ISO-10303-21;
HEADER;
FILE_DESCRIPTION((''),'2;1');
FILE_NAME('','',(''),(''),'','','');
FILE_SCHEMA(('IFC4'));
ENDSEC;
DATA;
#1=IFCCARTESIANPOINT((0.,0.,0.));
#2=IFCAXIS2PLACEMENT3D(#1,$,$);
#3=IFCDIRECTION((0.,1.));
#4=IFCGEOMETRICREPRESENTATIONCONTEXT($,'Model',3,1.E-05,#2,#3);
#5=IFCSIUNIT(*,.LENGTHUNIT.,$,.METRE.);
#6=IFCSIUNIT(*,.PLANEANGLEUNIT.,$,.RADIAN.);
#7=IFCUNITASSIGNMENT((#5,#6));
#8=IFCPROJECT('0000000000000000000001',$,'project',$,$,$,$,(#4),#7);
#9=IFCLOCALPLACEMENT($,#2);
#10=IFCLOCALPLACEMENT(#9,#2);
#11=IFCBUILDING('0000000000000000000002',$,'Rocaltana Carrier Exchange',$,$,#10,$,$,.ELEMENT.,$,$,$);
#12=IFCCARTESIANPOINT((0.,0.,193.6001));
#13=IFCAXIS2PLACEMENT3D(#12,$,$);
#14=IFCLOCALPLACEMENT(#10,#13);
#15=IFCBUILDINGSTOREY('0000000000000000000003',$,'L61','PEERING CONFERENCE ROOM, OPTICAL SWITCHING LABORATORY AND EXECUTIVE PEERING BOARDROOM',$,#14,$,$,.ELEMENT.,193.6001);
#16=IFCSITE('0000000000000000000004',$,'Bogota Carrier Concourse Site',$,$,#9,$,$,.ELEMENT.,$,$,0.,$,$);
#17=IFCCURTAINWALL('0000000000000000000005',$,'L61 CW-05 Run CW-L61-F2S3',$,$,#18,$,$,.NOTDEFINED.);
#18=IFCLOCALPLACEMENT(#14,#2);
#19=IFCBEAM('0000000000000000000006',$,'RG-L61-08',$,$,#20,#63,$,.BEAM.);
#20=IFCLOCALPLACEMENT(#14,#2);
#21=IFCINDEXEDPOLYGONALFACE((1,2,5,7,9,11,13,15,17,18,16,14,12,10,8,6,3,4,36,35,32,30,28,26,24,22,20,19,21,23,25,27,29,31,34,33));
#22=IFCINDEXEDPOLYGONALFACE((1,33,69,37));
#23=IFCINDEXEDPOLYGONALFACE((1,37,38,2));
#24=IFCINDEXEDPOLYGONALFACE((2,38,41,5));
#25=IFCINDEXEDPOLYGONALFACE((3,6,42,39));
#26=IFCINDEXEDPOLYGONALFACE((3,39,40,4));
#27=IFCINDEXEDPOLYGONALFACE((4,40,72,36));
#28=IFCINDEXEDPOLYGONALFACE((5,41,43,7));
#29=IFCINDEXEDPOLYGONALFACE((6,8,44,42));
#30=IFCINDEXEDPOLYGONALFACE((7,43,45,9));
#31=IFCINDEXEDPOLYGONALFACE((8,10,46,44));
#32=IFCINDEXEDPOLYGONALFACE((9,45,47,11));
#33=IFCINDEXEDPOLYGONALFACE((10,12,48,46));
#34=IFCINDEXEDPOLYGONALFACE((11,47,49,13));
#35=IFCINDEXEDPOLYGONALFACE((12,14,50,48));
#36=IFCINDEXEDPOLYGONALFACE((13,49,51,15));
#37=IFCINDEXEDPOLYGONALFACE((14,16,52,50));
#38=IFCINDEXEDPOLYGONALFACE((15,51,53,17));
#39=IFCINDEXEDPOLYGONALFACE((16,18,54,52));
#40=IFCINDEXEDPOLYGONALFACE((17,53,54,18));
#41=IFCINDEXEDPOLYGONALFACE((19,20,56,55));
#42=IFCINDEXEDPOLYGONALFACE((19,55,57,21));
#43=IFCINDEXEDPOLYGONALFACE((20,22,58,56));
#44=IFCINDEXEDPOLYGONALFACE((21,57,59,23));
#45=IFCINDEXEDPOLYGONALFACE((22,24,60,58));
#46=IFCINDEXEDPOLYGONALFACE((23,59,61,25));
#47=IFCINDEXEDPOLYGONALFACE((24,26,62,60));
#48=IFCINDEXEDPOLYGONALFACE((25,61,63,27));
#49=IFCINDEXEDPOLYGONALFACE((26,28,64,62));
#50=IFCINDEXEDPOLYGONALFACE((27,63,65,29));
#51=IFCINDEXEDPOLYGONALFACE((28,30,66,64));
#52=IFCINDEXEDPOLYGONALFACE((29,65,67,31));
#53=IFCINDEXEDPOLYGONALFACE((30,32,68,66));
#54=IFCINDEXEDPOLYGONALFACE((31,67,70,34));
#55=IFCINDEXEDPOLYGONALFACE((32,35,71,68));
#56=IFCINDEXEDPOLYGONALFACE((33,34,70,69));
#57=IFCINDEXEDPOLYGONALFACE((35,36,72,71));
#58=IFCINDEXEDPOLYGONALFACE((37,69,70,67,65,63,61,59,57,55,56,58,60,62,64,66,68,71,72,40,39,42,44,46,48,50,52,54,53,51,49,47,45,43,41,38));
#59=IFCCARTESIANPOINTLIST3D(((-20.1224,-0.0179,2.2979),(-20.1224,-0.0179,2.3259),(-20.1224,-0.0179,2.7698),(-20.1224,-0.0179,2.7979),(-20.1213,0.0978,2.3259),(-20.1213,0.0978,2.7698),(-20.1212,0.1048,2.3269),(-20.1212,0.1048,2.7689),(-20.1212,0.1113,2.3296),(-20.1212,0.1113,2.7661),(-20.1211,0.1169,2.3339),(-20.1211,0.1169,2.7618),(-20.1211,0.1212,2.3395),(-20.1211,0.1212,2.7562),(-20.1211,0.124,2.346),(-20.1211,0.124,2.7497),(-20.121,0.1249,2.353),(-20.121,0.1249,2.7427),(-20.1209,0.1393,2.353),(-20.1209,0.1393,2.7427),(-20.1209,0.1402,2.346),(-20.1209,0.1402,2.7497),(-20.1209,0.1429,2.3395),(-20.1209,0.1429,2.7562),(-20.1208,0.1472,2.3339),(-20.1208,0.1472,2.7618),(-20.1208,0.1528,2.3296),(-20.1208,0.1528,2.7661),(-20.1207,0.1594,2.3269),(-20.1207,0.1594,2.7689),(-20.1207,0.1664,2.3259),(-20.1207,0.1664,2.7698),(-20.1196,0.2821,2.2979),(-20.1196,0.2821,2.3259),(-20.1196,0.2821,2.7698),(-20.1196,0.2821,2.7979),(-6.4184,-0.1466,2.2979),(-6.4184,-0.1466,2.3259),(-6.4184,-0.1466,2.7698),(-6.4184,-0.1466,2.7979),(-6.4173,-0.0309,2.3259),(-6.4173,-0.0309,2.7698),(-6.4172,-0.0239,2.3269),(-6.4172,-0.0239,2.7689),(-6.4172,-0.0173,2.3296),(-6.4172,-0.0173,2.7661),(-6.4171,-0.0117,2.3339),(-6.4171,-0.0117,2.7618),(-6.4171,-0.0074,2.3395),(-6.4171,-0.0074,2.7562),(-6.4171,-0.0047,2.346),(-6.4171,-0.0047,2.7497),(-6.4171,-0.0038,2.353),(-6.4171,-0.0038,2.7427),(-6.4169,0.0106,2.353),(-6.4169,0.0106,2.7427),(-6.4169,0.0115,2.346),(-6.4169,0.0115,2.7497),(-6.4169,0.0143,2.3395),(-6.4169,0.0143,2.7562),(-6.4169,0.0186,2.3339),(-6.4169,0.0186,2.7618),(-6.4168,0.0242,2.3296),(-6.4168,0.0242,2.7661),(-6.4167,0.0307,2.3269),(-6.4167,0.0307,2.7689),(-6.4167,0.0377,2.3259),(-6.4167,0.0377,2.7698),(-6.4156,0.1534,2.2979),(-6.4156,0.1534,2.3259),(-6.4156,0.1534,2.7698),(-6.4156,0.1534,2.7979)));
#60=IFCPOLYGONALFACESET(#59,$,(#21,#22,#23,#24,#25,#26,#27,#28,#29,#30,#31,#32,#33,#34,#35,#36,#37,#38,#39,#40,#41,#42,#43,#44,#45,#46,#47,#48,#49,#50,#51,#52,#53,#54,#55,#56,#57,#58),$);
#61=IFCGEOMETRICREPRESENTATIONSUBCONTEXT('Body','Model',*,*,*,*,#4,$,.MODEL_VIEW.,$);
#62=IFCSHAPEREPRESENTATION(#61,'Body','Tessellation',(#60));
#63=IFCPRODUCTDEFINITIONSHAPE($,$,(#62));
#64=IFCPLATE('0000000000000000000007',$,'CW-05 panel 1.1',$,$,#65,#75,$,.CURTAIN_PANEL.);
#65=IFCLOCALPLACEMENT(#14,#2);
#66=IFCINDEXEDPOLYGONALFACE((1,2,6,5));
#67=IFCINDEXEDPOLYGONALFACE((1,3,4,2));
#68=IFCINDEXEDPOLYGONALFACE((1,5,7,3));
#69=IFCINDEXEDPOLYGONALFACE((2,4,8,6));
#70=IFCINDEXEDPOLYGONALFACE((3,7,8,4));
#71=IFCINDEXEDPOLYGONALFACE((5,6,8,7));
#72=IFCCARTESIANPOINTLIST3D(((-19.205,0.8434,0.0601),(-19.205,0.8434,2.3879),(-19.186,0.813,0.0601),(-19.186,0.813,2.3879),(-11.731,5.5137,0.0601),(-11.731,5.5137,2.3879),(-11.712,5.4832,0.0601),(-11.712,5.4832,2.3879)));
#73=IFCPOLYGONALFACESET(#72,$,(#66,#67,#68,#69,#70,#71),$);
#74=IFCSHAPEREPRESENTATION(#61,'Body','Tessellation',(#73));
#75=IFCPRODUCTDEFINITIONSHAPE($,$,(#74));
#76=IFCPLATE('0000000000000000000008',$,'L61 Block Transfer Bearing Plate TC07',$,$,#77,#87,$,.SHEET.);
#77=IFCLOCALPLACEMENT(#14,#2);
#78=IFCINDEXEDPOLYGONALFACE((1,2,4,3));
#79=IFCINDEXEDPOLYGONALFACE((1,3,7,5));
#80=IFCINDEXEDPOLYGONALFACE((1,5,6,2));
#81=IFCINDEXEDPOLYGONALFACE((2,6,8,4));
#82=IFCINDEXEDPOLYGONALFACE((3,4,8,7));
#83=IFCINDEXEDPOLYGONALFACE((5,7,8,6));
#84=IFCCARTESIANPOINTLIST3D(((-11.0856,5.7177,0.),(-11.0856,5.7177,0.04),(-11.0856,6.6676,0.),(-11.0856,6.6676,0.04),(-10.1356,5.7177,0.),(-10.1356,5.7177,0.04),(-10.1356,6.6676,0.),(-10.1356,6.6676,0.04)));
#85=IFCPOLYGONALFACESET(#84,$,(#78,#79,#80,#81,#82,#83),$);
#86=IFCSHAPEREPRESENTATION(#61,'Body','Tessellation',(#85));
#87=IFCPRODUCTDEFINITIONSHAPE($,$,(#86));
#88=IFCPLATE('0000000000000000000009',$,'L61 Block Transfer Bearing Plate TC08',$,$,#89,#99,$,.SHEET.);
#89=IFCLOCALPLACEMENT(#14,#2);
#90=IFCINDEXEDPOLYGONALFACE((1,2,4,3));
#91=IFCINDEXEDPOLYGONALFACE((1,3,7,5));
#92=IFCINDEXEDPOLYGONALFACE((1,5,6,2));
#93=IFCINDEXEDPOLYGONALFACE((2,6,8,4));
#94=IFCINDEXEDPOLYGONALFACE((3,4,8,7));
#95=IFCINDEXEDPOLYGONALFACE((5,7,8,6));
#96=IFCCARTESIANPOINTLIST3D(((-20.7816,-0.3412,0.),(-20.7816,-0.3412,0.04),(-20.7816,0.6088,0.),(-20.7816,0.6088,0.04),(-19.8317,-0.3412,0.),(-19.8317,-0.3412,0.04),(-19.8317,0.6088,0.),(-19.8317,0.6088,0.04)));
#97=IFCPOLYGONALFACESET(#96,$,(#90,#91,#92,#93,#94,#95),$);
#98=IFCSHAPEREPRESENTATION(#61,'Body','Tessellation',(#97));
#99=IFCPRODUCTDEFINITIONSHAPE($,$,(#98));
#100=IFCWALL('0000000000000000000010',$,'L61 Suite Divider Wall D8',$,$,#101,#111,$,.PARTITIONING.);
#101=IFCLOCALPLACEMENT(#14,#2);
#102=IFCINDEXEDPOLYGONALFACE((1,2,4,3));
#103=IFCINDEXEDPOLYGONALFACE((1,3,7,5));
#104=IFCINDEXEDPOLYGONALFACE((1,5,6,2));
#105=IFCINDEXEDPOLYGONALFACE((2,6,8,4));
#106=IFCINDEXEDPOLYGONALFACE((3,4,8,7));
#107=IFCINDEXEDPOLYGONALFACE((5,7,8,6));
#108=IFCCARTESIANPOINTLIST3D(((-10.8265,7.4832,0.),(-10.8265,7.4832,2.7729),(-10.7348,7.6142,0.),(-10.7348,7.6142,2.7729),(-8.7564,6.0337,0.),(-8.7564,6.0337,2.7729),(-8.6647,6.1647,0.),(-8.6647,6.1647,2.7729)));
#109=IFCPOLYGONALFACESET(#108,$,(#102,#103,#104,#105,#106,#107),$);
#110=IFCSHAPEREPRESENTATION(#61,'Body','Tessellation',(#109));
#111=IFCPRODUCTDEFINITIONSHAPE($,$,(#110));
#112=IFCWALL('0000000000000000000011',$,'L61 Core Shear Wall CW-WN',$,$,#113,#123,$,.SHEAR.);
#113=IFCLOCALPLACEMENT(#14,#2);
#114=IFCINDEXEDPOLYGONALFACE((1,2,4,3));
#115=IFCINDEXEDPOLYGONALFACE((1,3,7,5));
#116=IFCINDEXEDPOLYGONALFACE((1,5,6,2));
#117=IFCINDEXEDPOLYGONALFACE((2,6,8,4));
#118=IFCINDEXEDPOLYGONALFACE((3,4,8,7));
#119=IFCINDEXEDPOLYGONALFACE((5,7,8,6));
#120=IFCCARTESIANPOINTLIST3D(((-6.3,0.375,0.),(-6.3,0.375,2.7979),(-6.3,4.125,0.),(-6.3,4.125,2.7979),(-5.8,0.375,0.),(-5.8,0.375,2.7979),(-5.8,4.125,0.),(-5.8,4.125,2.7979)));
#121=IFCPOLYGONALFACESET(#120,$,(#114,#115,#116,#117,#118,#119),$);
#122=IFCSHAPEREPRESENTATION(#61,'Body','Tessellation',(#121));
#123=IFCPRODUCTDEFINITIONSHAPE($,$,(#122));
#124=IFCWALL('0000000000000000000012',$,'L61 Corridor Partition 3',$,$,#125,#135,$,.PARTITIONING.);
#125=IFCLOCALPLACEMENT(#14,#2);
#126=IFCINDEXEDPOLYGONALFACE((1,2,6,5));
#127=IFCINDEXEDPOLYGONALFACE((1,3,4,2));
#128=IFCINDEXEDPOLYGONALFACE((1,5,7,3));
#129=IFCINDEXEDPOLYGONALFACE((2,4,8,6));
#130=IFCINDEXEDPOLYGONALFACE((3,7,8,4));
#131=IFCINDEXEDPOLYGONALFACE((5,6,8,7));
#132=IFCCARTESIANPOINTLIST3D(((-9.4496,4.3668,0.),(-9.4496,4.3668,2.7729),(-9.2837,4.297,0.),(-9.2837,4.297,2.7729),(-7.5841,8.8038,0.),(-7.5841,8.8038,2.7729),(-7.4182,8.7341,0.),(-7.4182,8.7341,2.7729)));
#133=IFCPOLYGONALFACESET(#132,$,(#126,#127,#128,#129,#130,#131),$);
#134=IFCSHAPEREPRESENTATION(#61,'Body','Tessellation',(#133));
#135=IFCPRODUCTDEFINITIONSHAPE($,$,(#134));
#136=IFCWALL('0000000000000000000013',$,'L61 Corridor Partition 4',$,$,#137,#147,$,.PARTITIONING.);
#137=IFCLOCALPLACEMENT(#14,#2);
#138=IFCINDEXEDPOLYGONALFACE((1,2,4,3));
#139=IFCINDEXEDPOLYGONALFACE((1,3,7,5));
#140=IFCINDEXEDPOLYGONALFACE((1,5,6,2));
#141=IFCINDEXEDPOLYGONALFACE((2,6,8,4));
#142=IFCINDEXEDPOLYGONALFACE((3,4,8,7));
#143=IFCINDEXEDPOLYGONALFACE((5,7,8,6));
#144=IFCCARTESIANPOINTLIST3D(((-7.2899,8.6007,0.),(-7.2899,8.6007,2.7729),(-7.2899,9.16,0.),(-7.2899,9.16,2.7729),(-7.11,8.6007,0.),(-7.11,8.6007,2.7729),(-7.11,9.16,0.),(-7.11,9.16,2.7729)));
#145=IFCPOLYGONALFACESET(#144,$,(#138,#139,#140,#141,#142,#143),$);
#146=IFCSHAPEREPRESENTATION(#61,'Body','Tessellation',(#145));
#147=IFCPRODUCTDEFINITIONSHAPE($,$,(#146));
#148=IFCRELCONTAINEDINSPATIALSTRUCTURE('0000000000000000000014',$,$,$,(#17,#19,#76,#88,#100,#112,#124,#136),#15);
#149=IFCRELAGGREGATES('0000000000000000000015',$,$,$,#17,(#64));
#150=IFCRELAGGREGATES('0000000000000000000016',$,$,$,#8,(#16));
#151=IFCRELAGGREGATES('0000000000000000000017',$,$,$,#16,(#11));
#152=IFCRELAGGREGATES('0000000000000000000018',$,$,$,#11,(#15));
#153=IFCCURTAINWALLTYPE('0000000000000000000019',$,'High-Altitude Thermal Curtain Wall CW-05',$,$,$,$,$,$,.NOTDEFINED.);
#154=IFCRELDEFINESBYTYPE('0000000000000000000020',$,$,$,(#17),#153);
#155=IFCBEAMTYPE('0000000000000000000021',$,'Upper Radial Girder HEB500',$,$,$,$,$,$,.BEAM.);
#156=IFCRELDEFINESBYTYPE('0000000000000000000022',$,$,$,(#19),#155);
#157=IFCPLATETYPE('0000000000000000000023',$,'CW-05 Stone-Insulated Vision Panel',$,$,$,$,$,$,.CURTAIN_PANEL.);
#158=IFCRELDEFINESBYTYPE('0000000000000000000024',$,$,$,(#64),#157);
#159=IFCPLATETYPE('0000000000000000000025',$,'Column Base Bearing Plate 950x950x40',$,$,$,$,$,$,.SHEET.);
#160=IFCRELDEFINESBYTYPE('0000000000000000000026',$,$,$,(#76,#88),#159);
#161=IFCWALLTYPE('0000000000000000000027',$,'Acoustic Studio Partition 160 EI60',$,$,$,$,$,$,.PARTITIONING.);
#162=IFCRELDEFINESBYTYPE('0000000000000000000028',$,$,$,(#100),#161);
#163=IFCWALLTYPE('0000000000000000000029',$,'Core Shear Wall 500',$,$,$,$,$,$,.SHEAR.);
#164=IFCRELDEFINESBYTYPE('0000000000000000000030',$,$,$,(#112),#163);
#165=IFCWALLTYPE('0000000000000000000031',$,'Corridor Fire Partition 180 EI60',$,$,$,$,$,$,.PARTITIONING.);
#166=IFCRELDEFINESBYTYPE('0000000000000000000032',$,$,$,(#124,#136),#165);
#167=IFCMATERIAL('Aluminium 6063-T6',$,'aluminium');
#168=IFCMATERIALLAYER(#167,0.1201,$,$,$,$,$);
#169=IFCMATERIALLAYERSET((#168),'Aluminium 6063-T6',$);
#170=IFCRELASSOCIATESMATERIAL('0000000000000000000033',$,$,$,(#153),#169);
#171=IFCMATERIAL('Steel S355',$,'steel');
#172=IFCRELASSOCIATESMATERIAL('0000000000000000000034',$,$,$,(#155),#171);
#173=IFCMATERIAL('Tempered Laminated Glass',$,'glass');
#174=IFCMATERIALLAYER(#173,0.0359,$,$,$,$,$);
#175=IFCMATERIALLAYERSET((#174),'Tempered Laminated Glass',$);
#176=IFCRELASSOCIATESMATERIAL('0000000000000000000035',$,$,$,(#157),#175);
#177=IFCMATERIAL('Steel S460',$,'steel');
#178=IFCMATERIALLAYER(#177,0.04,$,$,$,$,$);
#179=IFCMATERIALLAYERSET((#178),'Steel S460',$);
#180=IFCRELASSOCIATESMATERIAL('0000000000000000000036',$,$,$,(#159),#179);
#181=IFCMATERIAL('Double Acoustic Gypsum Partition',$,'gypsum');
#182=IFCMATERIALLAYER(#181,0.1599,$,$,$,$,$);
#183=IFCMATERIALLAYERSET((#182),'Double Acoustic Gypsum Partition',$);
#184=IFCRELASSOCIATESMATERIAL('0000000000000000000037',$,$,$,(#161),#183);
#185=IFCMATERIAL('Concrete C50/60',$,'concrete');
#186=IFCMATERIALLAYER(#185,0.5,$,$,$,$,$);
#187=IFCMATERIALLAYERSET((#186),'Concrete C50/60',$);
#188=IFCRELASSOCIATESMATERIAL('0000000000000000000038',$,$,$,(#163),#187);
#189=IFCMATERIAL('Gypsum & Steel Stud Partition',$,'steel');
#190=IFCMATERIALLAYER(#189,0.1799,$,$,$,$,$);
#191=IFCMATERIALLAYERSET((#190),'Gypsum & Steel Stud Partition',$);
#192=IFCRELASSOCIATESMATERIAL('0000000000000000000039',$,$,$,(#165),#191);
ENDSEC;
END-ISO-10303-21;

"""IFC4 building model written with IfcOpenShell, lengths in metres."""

from ifc_helpers import new_model, si_unit, direction, frame, frame_2d, origin, origin_2d, place, context, subcontext, project, spatial, rectangle, i_section, extrude, material, layer, layer_set, material_profile, profile_set, type_object, element, aggregate, save


model = new_model("IFC4")

# Units and contexts
model_context = context("Model", 3, precision=1e-05, world=origin(), true_north=direction((0.0, 1.0)))
body_context = subcontext(model_context, "Body", "Model", "MODEL_VIEW")
ifc_project = project(units=[si_unit("LENGTHUNIT", "METRE"), si_unit("PLANEANGLEUNIT", "RADIAN")], contexts=[model_context])

# Site, building, storey
site_placement = place(None, origin())
site = spatial("IfcSite", under=ifc_project, at=site_placement, Name="Bogota Carrier Concourse Site", CompositionType="ELEMENT", RefElevation=0.0)
building_placement = place(site_placement, origin())
building = spatial("IfcBuilding", under=site, at=building_placement, Name="Rocaltana Carrier Exchange", CompositionType="ELEMENT")
storey_placement = place(building_placement, frame((0.0, 0.0, 193.6001)))
storey = spatial("IfcBuildingStorey", under=building, at=storey_placement, Name="L61", Description="PEERING CONFERENCE ROOM, OPTICAL SWITCHING LABORATORY AND EXECUTIVE PEERING BOARDROOM", CompositionType="ELEMENT", Elevation=193.6001)

# Shared definitions
ifc_material_1 = material(Name="Aluminium 6063-T6", Category="aluminium")
ifc_layer_1 = layer(ifc_material_1, 0.1201)
ifc_layer_set_1 = layer_set([ifc_layer_1], Name="Aluminium 6063-T6")
curtain_wall_type = type_object("IfcCurtainWallType", Name="High-Altitude Thermal Curtain Wall CW-05", PredefinedType="NOTDEFINED", material=ifc_layer_set_1)

# Curtain wall
curtain_wall_1_placement = place(storey_placement, origin())
curtain_wall_1 = element("IfcCurtainWall", 1, at=curtain_wall_1_placement, inside=storey, type_object=curtain_wall_type, Name="L61 CW-05 Run CW-L61-F2S3", PredefinedType="NOTDEFINED")

# Beam
ifc_material_2 = material(Name="Steel S355", Category="steel")
ifc_material_profile_1 = material_profile(ifc_material_2, i_section(OverallWidth=0.3, OverallDepth=0.5, WebThickness=0.0144, FlangeThickness=0.0281, FilletRadius=0.0271, at=origin_2d()), Name="HEB500")
ifc_profile_set_1 = profile_set([ifc_material_profile_1], Name="Steel S355")
beam_type_1 = type_object("IfcBeamType", Name="Upper Radial Girder HEB500", PredefinedType="BEAM", material=ifc_profile_set_1)
beam_1_placement = place(storey_placement, frame((-6.417, 0.0034, 2.5479), z_axis=(-0.999956, 0.009388, 0.0), x_axis=(-0.009388, -0.999956, 0.0)))
element("IfcBeam", 2, at=beam_1_placement, inside=storey, type_object=beam_type_1, Name="RG-L61-08", PredefinedType="BEAM", context=body_context, shape_type="SweptSolid", body=[
    extrude(i_section(OverallWidth=0.3, OverallDepth=0.5, WebThickness=0.0144, FlangeThickness=0.0281, FilletRadius=0.0271, at=origin_2d()), origin(), (0.0, 0.0, 1.0), 13.7046),
])

# Plate
ifc_material_3 = material(Name="Tempered Laminated Glass", Category="glass")
ifc_layer_2 = layer(ifc_material_3, 0.0359)
ifc_layer_set_2 = layer_set([ifc_layer_2], Name="Tempered Laminated Glass")
plate_type_1 = type_object("IfcPlateType", Name="CW-05 Stone-Insulated Vision Panel", PredefinedType="CURTAIN_PANEL", material=ifc_layer_set_2)
plate_placement = place(storey_placement, frame((-15.4585, 3.1633, 0.0601), z_axis=(0.0, 0.0, 1.0), x_axis=(-0.84805, -0.529915, 0.0)))
plate = element("IfcPlate", 3, at=plate_placement, type_object=plate_type_1, Name="CW-05 panel 1.1", PredefinedType="CURTAIN_PANEL", context=body_context, shape_type="SweptSolid", body=[
    extrude(rectangle(XDim=8.8132, YDim=0.0359, at=origin_2d()), origin(), (0.0, 0.0, 1.0), 2.3279),
])
aggregate(curtain_wall_1, [plate])

# Plates
ifc_material_4 = material(Name="Steel S460", Category="steel")
ifc_layer_3 = layer(ifc_material_4, 0.04)
ifc_layer_set_3 = layer_set([ifc_layer_3], Name="Steel S460")
plate_type_2 = type_object("IfcPlateType", Name="Column Base Bearing Plate 950x950x40", PredefinedType="SHEET", material=ifc_layer_set_3)
for number, where, z_axis, x_axis, name in (
    (4, (-10.6106, 6.1926, 0.0), (0.0, 0.0, 1.0), (1.0, 0.0, 0.0), "L61 Block Transfer Bearing Plate TC07"),
    (5, (-20.3066, 0.1338, 0.0), (0.0, 0.0, 1.0), (1.0, 0.0, 0.0), "L61 Block Transfer Bearing Plate TC08"),
):
    element("IfcPlate", number, at=place(storey_placement, frame(where, z_axis=z_axis, x_axis=x_axis)), inside=storey, type_object=plate_type_2, Name=name, PredefinedType="SHEET", context=body_context, shape_type="SweptSolid", body=[
        extrude(rectangle(XDim=0.95, YDim=0.95, at=origin_2d()), origin(), (0.0, 0.0, 1.0), 0.04),
    ])

# Walls
ifc_material_5 = material(Name="Double Acoustic Gypsum Partition", Category="gypsum")
ifc_layer_4 = layer(ifc_material_5, 0.1599)
ifc_layer_set_4 = layer_set([ifc_layer_4], Name="Double Acoustic Gypsum Partition")
wall_type_1 = type_object("IfcWallType", Name="Acoustic Studio Partition 160 EI60", PredefinedType="PARTITIONING", material=ifc_layer_set_4)
wall_1_placement = place(storey_placement, frame((-8.7104, 6.0991, 0.0), z_axis=(0.0, 0.0, 1.0), x_axis=(-0.819155, 0.573573, 0.0)))
element("IfcWall", 6, at=wall_1_placement, inside=storey, type_object=wall_type_1, Name="L61 Suite Divider Wall D8", PredefinedType="PARTITIONING", context=body_context, shape_type="SweptSolid", body=[
    extrude(rectangle(XDim=2.5271, YDim=0.1599, at=frame_2d((1.2637, 0.0))), origin(), (0.0, 0.0, 1.0), 2.7729),
])
ifc_material_6 = material(Name="Concrete C50/60", Category="concrete")
ifc_layer_5 = layer(ifc_material_6, 0.5)
ifc_layer_set_5 = layer_set([ifc_layer_5], Name="Concrete C50/60")
wall_type_2 = type_object("IfcWallType", Name="Core Shear Wall 500", PredefinedType="SHEAR", material=ifc_layer_set_5)
wall_2_placement = place(storey_placement, frame((-6.05, 0.375, 0.0), z_axis=(0.0, 0.0, 1.0), x_axis=(0.0, 1.0, 0.0)))
element("IfcWall", 7, at=wall_2_placement, inside=storey, type_object=wall_type_2, Name="L61 Core Shear Wall CW-WN", PredefinedType="SHEAR", context=body_context, shape_type="SweptSolid", body=[
    extrude(rectangle(XDim=3.75, YDim=0.5, at=frame_2d((1.875, 0.0))), origin(), (0.0, 0.0, 1.0), 2.7979),
])
ifc_material_7 = material(Name="Gypsum & Steel Stud Partition", Category="steel")
ifc_layer_6 = layer(ifc_material_7, 0.1799)
ifc_layer_set_6 = layer_set([ifc_layer_6], Name="Gypsum & Steel Stud Partition")
wall_type_3 = type_object("IfcWallType", Name="Corridor Fire Partition 180 EI60", PredefinedType="PARTITIONING", material=ifc_layer_set_6)
wall_3_placement = place(storey_placement, frame((-9.3667, 4.3318, 0.0), z_axis=(0.0, 0.0, 1.0), x_axis=(0.387574, 0.921839, 0.0)))
element("IfcWall", 8, at=wall_3_placement, inside=storey, type_object=wall_type_3, Name="L61 Corridor Partition 3", PredefinedType="PARTITIONING", context=body_context, shape_type="SweptSolid", body=[
    extrude(rectangle(XDim=4.8132, YDim=0.1799, at=frame_2d((2.4067, 0.0))), origin(), (0.0, 0.0, 1.0), 2.7729),
])
wall_4_placement = place(storey_placement, frame((-7.2, 8.6006, 0.0), z_axis=(0.0, 0.0, 1.0), x_axis=(0.0, 1.0, 0.0)))
element("IfcWall", 9, at=wall_4_placement, inside=storey, type_object=wall_type_3, Name="L61 Corridor Partition 4", PredefinedType="PARTITIONING", context=body_context, shape_type="SweptSolid", body=[
    extrude(rectangle(XDim=0.5593, YDim=0.1799, at=frame_2d((0.2798, 0.0))), origin(), (0.0, 0.0, 1.0), 2.7729),
])

save(model, "model.ifc")
